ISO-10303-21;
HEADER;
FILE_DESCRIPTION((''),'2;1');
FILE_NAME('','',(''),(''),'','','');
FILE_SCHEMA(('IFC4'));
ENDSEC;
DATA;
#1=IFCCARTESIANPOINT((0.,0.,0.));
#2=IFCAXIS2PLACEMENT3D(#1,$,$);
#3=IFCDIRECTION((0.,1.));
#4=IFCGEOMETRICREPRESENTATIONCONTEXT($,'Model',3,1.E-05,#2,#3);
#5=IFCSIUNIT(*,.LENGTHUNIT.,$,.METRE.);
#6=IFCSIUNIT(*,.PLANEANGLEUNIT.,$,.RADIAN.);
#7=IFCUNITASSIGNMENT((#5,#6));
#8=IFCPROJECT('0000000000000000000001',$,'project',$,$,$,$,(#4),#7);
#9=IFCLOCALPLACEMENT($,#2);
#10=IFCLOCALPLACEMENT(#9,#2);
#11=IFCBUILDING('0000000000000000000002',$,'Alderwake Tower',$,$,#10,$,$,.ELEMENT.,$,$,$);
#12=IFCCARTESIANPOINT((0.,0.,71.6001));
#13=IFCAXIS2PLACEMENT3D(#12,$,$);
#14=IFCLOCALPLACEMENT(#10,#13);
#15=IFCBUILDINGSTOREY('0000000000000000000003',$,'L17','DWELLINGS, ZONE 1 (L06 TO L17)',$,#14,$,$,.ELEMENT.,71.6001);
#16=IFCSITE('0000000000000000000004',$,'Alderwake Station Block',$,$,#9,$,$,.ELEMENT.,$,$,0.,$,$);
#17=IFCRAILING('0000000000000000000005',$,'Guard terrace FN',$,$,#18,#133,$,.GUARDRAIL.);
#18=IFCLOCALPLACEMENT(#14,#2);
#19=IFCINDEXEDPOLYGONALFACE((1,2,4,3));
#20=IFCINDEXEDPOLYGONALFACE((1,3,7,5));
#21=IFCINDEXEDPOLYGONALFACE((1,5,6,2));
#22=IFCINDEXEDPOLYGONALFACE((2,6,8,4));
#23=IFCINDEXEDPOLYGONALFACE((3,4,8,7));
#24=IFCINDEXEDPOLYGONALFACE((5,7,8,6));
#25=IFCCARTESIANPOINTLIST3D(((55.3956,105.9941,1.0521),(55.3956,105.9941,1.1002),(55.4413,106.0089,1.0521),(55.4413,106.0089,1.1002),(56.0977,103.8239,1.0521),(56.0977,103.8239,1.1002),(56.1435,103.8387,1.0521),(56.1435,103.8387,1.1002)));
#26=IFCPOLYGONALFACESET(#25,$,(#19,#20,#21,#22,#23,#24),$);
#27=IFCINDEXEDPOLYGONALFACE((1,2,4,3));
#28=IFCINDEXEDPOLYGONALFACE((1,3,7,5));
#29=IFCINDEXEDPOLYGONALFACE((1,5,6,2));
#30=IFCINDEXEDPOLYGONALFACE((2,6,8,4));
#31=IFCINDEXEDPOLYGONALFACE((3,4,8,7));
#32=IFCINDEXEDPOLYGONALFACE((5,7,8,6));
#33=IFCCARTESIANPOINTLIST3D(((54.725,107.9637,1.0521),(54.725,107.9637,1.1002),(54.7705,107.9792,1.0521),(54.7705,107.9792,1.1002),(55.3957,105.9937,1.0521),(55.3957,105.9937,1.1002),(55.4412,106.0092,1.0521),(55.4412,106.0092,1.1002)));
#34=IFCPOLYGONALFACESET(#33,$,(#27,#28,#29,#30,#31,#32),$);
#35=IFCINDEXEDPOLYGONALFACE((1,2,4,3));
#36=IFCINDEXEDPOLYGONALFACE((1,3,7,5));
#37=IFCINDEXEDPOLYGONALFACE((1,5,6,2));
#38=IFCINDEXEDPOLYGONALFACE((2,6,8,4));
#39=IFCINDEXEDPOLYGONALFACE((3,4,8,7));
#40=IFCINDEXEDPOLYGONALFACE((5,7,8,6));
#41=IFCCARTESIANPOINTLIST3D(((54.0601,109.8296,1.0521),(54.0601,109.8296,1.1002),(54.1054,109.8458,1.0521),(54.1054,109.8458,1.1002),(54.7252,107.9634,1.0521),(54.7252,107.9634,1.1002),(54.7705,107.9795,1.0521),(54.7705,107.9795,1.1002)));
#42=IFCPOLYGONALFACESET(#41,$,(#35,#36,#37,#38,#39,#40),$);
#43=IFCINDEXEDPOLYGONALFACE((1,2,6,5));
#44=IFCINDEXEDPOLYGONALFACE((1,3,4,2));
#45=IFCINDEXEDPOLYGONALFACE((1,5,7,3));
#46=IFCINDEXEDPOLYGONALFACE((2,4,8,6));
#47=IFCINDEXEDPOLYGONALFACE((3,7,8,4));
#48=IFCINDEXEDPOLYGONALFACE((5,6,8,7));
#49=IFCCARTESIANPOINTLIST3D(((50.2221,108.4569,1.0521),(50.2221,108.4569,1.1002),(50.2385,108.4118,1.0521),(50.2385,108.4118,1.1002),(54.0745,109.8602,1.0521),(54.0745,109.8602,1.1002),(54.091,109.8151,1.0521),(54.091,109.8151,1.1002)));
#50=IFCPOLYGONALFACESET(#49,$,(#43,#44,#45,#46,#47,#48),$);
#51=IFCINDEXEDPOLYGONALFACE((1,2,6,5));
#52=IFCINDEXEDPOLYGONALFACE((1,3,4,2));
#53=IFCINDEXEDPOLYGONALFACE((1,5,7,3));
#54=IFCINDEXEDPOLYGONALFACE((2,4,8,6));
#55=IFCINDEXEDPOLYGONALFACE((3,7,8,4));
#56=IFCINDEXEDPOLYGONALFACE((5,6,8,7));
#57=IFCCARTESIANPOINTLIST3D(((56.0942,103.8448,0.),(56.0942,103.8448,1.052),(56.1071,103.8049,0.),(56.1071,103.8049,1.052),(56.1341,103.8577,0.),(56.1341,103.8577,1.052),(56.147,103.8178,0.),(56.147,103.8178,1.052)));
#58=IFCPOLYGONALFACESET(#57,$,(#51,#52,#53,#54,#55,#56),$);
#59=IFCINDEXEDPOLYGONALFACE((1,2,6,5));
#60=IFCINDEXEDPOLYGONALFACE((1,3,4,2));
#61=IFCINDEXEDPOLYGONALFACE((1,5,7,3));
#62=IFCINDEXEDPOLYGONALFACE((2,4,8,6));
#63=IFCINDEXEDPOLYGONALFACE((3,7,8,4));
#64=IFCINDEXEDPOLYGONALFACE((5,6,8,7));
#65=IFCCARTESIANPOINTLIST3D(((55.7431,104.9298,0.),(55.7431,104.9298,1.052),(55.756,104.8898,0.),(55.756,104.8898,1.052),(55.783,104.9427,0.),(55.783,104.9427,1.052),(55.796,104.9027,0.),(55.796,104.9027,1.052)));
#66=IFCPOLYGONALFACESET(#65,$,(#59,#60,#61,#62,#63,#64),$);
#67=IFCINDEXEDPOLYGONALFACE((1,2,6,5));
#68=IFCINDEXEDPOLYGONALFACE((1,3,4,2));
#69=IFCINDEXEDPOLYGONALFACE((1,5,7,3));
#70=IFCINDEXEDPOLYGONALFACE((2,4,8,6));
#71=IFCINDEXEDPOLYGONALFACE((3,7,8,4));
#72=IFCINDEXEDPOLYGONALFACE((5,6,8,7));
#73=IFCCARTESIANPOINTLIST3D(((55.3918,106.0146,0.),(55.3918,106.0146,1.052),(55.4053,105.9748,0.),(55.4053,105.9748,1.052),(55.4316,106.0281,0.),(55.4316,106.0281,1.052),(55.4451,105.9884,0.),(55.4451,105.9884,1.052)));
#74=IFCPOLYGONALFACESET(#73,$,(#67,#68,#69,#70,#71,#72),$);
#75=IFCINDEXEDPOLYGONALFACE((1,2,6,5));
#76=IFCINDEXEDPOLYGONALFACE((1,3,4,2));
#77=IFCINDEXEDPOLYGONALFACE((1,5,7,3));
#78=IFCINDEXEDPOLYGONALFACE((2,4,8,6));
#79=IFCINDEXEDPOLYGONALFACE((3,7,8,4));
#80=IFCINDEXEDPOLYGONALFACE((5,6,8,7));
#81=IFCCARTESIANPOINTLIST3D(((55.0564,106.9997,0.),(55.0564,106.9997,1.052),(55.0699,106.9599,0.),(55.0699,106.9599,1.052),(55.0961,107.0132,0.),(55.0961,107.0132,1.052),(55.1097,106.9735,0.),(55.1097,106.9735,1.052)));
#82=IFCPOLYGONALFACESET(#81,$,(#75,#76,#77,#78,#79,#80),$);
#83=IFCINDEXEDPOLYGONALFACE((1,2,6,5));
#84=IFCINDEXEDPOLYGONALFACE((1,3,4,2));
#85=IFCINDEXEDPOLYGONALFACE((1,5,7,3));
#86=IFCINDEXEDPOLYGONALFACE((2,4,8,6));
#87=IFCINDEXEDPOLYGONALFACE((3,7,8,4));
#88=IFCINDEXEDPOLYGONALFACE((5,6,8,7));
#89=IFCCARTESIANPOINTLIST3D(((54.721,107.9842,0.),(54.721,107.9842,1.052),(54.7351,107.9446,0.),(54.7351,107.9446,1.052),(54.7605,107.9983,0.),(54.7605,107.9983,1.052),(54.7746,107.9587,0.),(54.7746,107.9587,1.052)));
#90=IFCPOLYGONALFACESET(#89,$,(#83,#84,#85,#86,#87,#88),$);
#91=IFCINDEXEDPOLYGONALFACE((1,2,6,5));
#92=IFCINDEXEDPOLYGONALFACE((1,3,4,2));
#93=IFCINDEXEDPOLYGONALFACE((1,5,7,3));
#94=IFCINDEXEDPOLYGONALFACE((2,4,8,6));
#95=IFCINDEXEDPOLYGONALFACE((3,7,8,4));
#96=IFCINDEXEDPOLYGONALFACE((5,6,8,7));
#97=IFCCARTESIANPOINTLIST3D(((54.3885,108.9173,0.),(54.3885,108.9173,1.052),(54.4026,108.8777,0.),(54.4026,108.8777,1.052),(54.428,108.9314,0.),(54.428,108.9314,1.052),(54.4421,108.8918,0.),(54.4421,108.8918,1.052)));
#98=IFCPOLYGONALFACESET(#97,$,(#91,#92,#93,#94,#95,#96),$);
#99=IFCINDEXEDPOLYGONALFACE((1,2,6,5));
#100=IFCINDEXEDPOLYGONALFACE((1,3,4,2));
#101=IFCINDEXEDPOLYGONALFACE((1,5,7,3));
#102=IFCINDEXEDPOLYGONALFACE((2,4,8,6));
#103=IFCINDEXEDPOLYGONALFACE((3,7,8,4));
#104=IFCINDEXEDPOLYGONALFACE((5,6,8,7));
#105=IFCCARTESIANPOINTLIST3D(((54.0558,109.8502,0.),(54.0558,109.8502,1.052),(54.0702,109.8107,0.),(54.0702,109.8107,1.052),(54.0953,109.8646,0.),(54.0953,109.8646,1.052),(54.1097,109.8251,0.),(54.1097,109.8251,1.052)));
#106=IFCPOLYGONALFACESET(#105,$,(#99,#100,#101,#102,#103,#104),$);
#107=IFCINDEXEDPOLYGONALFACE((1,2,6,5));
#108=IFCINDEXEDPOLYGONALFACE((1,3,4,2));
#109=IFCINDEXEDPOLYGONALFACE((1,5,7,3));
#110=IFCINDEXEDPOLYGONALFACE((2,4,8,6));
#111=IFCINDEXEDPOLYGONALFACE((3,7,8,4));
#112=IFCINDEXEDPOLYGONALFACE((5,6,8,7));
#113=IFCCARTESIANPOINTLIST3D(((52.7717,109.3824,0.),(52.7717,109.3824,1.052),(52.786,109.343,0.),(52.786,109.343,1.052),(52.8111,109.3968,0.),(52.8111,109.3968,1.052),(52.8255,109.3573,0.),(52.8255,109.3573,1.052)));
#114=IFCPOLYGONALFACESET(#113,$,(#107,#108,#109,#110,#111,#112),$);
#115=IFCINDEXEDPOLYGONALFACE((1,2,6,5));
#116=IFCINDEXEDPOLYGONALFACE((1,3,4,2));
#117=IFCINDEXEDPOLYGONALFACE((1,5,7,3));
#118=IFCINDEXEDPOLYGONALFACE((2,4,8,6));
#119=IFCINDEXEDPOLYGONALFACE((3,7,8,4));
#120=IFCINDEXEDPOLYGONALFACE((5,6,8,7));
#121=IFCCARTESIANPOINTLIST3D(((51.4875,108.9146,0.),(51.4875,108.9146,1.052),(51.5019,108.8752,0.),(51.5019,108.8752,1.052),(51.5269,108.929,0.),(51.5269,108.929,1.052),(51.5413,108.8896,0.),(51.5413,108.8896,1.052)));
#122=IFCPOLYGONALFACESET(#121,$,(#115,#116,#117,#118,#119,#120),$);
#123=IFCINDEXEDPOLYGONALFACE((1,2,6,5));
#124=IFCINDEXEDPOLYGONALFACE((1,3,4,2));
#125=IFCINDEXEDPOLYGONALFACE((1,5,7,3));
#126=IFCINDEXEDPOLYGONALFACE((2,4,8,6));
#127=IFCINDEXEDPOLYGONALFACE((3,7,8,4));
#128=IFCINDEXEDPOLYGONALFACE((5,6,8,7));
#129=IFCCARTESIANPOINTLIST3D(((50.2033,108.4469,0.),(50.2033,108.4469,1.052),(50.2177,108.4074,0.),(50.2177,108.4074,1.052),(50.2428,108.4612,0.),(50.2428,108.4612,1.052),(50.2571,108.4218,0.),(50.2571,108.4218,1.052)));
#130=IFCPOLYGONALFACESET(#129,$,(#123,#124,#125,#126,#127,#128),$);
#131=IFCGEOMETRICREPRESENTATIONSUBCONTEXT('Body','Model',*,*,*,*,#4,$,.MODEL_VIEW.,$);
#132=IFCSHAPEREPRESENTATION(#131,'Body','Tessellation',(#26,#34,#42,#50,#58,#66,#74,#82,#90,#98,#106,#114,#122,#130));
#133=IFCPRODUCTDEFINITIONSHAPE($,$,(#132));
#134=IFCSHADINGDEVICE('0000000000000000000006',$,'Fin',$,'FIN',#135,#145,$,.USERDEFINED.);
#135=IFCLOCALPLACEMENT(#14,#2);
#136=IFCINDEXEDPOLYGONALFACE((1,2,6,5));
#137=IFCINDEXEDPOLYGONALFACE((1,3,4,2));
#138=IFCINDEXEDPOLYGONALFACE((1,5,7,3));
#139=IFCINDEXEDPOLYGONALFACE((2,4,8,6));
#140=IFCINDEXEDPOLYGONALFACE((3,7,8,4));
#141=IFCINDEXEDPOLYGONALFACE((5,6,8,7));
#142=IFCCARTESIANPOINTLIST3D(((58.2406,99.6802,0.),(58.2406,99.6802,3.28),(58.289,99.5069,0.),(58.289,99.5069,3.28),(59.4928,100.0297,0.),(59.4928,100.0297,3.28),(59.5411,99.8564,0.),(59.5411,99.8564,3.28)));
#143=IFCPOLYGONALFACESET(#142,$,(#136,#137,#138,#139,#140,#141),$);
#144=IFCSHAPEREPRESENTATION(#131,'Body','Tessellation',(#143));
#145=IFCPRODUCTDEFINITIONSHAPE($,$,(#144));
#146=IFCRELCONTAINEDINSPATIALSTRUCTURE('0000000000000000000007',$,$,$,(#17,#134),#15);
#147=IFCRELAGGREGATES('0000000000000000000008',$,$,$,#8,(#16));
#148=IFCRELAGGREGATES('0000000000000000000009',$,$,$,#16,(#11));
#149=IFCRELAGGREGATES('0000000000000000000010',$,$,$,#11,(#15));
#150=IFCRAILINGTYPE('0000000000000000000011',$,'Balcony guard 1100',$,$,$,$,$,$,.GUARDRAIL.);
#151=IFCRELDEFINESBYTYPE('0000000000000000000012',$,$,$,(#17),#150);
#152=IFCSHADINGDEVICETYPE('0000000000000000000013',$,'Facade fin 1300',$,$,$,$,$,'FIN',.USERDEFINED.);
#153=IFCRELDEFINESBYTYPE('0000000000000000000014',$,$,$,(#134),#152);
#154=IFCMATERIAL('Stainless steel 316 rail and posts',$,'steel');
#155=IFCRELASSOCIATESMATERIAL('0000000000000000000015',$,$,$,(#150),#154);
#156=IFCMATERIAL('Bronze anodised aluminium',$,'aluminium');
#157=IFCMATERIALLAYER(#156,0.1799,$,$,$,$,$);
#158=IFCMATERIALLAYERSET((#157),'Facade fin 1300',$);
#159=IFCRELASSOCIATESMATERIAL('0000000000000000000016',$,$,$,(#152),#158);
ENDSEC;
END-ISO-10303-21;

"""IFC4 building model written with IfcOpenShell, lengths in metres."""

from ifc_helpers import new_model, si_unit, direction, frame, origin, origin_2d, place, context, subcontext, project, spatial, rectangle, extrude, material, layer, layer_set, type_object, element, save


model = new_model("IFC4")

# Units and contexts
model_context = context("Model", 3, precision=1e-05, world=origin(), true_north=direction((0.0, 1.0)))
body_context = subcontext(model_context, "Body", "Model", "MODEL_VIEW")
ifc_project = project(units=[si_unit("LENGTHUNIT", "METRE"), si_unit("PLANEANGLEUNIT", "RADIAN")], contexts=[model_context])

# Site, building, storey
site_placement = place(None, origin())
site = spatial("IfcSite", under=ifc_project, at=site_placement, Name="Alderwake Station Block", CompositionType="ELEMENT", RefElevation=0.0)
building_placement = place(site_placement, origin())
building = spatial("IfcBuilding", under=site, at=building_placement, Name="Alderwake Tower", CompositionType="ELEMENT")
storey_placement = place(building_placement, frame((0.0, 0.0, 71.6001)))
storey = spatial("IfcBuildingStorey", under=building, at=storey_placement, Name="L17", Description="DWELLINGS, ZONE 1 (L06 TO L17)", CompositionType="ELEMENT", Elevation=71.6001)

# Railing
ifc_material_1 = material(Name="Stainless steel 316 rail and posts", Category="steel")
railing_type = type_object("IfcRailingType", Name="Balcony guard 1100", PredefinedType="GUARDRAIL", material=ifc_material_1)
railing_placement = place(storey_placement, frame((56.1206, 103.8313, 0.0)))
element("IfcRailing", 1, at=railing_placement, inside=storey, type_object=railing_type, Name="Guard terrace FN", PredefinedType="GUARDRAIL", context=body_context, shape_type="SweptSolid", body=[
    extrude(rectangle(XDim=0.0481, YDim=0.0481, at=origin_2d()), frame((0.0, 0.0, 1.0762), z_axis=(-0.307835, 0.95144, 0.0), x_axis=(-0.95144, -0.307835, 0.0)), (0.0, 0.0, 1.0), 2.281),
    extrude(rectangle(XDim=0.0481, YDim=0.0481, at=origin_2d()), frame((-0.7021, 2.1702, 1.0762), z_axis=(-0.322275, 0.946646, 0.0), x_axis=(-0.946646, -0.322275, 0.0)), (0.0, 0.0, 1.0), 2.0811),
    extrude(rectangle(XDim=0.0481, YDim=0.0481, at=origin_2d()), frame((-1.3728, 4.1401, 1.0762), z_axis=(-0.335681, 0.941976, 0.0), x_axis=(-0.941976, -0.335681, 0.0)), (0.0, 0.0, 1.0), 1.9812),
    extrude(rectangle(XDim=0.0481, YDim=0.0481, at=origin_2d()), frame((-2.0378, 6.0063, 1.0762), z_axis=(-0.939606, -0.342259, 0.0), x_axis=(0.342259, -0.939606, 0.0)), (0.0, 0.0, 1.0), 4.1001),
    extrude(rectangle(XDim=0.042, YDim=0.042, at=origin_2d()), frame((0.0, 0.0, 0.0), z_axis=(0.0, 0.0, 1.0), x_axis=(-0.307835, 0.95144, 0.0)), (0.0, 0.0, 1.0), 1.052),
    extrude(rectangle(XDim=0.042, YDim=0.042, at=origin_2d()), frame((-0.3511, 1.085, 0.0), z_axis=(0.0, 0.0, 1.0), x_axis=(-0.307835, 0.95144, 0.0)), (0.0, 0.0, 1.0), 1.052),
    extrude(rectangle(XDim=0.042, YDim=0.042, at=origin_2d()), frame((-0.7021, 2.1702, 0.0), z_axis=(0.0, 0.0, 1.0), x_axis=(-0.322275, 0.946646, 0.0)), (0.0, 0.0, 1.0), 1.052),
    extrude(rectangle(XDim=0.042, YDim=0.042, at=origin_2d()), frame((-1.0376, 3.1553, 0.0), z_axis=(0.0, 0.0, 1.0), x_axis=(-0.322275, 0.946646, 0.0)), (0.0, 0.0, 1.0), 1.052),
    extrude(rectangle(XDim=0.042, YDim=0.042, at=origin_2d()), frame((-1.3728, 4.1401, 0.0), z_axis=(0.0, 0.0, 1.0), x_axis=(-0.335681, 0.941976, 0.0)), (0.0, 0.0, 1.0), 1.052),
    extrude(rectangle(XDim=0.042, YDim=0.042, at=origin_2d()), frame((-1.7053, 5.0732, 0.0), z_axis=(0.0, 0.0, 1.0), x_axis=(-0.335681, 0.941976, 0.0)), (0.0, 0.0, 1.0), 1.052),
    extrude(rectangle(XDim=0.042, YDim=0.042, at=origin_2d()), frame((-2.0378, 6.0063, 0.0), z_axis=(0.0, 0.0, 1.0), x_axis=(-0.939606, -0.342259, 0.0)), (0.0, 0.0, 1.0), 1.052),
    extrude(rectangle(XDim=0.042, YDim=0.042, at=origin_2d()), frame((-3.322, 5.5386, 0.0), z_axis=(0.0, 0.0, 1.0), x_axis=(-0.939606, -0.342259, 0.0)), (0.0, 0.0, 1.0), 1.052),
    extrude(rectangle(XDim=0.042, YDim=0.042, at=origin_2d()), frame((-4.6062, 5.0708, 0.0), z_axis=(0.0, 0.0, 1.0), x_axis=(-0.939606, -0.342259, 0.0)), (0.0, 0.0, 1.0), 1.052),
    extrude(rectangle(XDim=0.042, YDim=0.042, at=origin_2d()), frame((-5.8904, 4.603, 0.0), z_axis=(0.0, 0.0, 1.0), x_axis=(-0.939606, -0.342259, 0.0)), (0.0, 0.0, 1.0), 1.052),
])

# Shading device
ifc_material_2 = material(Name="Bronze anodised aluminium", Category="aluminium")
ifc_layer_1 = layer(ifc_material_2, 0.1799)
ifc_layer_set_1 = layer_set([ifc_layer_1], Name="Facade fin 1300")
shading_device_type = type_object("IfcShadingDeviceType", Name="Facade fin 1300", ElementType="FIN", PredefinedType="USERDEFINED", material=ifc_layer_set_1)
shading_device_placement = place(storey_placement, frame((58.8909, 99.7683, 0.0), z_axis=(0.0, 0.0, 1.0), x_axis=(0.963182, 0.268851, 0.0)))
element("IfcShadingDevice", 2, at=shading_device_placement, inside=storey, type_object=shading_device_type, Name="Fin", ObjectType="FIN", PredefinedType="USERDEFINED", context=body_context, shape_type="SweptSolid", body=[
    extrude(rectangle(XDim=1.3, YDim=0.1799, at=origin_2d()), origin(), (0.0, 0.0, 1.0), 3.28),
])

save(model, "model.ifc")
